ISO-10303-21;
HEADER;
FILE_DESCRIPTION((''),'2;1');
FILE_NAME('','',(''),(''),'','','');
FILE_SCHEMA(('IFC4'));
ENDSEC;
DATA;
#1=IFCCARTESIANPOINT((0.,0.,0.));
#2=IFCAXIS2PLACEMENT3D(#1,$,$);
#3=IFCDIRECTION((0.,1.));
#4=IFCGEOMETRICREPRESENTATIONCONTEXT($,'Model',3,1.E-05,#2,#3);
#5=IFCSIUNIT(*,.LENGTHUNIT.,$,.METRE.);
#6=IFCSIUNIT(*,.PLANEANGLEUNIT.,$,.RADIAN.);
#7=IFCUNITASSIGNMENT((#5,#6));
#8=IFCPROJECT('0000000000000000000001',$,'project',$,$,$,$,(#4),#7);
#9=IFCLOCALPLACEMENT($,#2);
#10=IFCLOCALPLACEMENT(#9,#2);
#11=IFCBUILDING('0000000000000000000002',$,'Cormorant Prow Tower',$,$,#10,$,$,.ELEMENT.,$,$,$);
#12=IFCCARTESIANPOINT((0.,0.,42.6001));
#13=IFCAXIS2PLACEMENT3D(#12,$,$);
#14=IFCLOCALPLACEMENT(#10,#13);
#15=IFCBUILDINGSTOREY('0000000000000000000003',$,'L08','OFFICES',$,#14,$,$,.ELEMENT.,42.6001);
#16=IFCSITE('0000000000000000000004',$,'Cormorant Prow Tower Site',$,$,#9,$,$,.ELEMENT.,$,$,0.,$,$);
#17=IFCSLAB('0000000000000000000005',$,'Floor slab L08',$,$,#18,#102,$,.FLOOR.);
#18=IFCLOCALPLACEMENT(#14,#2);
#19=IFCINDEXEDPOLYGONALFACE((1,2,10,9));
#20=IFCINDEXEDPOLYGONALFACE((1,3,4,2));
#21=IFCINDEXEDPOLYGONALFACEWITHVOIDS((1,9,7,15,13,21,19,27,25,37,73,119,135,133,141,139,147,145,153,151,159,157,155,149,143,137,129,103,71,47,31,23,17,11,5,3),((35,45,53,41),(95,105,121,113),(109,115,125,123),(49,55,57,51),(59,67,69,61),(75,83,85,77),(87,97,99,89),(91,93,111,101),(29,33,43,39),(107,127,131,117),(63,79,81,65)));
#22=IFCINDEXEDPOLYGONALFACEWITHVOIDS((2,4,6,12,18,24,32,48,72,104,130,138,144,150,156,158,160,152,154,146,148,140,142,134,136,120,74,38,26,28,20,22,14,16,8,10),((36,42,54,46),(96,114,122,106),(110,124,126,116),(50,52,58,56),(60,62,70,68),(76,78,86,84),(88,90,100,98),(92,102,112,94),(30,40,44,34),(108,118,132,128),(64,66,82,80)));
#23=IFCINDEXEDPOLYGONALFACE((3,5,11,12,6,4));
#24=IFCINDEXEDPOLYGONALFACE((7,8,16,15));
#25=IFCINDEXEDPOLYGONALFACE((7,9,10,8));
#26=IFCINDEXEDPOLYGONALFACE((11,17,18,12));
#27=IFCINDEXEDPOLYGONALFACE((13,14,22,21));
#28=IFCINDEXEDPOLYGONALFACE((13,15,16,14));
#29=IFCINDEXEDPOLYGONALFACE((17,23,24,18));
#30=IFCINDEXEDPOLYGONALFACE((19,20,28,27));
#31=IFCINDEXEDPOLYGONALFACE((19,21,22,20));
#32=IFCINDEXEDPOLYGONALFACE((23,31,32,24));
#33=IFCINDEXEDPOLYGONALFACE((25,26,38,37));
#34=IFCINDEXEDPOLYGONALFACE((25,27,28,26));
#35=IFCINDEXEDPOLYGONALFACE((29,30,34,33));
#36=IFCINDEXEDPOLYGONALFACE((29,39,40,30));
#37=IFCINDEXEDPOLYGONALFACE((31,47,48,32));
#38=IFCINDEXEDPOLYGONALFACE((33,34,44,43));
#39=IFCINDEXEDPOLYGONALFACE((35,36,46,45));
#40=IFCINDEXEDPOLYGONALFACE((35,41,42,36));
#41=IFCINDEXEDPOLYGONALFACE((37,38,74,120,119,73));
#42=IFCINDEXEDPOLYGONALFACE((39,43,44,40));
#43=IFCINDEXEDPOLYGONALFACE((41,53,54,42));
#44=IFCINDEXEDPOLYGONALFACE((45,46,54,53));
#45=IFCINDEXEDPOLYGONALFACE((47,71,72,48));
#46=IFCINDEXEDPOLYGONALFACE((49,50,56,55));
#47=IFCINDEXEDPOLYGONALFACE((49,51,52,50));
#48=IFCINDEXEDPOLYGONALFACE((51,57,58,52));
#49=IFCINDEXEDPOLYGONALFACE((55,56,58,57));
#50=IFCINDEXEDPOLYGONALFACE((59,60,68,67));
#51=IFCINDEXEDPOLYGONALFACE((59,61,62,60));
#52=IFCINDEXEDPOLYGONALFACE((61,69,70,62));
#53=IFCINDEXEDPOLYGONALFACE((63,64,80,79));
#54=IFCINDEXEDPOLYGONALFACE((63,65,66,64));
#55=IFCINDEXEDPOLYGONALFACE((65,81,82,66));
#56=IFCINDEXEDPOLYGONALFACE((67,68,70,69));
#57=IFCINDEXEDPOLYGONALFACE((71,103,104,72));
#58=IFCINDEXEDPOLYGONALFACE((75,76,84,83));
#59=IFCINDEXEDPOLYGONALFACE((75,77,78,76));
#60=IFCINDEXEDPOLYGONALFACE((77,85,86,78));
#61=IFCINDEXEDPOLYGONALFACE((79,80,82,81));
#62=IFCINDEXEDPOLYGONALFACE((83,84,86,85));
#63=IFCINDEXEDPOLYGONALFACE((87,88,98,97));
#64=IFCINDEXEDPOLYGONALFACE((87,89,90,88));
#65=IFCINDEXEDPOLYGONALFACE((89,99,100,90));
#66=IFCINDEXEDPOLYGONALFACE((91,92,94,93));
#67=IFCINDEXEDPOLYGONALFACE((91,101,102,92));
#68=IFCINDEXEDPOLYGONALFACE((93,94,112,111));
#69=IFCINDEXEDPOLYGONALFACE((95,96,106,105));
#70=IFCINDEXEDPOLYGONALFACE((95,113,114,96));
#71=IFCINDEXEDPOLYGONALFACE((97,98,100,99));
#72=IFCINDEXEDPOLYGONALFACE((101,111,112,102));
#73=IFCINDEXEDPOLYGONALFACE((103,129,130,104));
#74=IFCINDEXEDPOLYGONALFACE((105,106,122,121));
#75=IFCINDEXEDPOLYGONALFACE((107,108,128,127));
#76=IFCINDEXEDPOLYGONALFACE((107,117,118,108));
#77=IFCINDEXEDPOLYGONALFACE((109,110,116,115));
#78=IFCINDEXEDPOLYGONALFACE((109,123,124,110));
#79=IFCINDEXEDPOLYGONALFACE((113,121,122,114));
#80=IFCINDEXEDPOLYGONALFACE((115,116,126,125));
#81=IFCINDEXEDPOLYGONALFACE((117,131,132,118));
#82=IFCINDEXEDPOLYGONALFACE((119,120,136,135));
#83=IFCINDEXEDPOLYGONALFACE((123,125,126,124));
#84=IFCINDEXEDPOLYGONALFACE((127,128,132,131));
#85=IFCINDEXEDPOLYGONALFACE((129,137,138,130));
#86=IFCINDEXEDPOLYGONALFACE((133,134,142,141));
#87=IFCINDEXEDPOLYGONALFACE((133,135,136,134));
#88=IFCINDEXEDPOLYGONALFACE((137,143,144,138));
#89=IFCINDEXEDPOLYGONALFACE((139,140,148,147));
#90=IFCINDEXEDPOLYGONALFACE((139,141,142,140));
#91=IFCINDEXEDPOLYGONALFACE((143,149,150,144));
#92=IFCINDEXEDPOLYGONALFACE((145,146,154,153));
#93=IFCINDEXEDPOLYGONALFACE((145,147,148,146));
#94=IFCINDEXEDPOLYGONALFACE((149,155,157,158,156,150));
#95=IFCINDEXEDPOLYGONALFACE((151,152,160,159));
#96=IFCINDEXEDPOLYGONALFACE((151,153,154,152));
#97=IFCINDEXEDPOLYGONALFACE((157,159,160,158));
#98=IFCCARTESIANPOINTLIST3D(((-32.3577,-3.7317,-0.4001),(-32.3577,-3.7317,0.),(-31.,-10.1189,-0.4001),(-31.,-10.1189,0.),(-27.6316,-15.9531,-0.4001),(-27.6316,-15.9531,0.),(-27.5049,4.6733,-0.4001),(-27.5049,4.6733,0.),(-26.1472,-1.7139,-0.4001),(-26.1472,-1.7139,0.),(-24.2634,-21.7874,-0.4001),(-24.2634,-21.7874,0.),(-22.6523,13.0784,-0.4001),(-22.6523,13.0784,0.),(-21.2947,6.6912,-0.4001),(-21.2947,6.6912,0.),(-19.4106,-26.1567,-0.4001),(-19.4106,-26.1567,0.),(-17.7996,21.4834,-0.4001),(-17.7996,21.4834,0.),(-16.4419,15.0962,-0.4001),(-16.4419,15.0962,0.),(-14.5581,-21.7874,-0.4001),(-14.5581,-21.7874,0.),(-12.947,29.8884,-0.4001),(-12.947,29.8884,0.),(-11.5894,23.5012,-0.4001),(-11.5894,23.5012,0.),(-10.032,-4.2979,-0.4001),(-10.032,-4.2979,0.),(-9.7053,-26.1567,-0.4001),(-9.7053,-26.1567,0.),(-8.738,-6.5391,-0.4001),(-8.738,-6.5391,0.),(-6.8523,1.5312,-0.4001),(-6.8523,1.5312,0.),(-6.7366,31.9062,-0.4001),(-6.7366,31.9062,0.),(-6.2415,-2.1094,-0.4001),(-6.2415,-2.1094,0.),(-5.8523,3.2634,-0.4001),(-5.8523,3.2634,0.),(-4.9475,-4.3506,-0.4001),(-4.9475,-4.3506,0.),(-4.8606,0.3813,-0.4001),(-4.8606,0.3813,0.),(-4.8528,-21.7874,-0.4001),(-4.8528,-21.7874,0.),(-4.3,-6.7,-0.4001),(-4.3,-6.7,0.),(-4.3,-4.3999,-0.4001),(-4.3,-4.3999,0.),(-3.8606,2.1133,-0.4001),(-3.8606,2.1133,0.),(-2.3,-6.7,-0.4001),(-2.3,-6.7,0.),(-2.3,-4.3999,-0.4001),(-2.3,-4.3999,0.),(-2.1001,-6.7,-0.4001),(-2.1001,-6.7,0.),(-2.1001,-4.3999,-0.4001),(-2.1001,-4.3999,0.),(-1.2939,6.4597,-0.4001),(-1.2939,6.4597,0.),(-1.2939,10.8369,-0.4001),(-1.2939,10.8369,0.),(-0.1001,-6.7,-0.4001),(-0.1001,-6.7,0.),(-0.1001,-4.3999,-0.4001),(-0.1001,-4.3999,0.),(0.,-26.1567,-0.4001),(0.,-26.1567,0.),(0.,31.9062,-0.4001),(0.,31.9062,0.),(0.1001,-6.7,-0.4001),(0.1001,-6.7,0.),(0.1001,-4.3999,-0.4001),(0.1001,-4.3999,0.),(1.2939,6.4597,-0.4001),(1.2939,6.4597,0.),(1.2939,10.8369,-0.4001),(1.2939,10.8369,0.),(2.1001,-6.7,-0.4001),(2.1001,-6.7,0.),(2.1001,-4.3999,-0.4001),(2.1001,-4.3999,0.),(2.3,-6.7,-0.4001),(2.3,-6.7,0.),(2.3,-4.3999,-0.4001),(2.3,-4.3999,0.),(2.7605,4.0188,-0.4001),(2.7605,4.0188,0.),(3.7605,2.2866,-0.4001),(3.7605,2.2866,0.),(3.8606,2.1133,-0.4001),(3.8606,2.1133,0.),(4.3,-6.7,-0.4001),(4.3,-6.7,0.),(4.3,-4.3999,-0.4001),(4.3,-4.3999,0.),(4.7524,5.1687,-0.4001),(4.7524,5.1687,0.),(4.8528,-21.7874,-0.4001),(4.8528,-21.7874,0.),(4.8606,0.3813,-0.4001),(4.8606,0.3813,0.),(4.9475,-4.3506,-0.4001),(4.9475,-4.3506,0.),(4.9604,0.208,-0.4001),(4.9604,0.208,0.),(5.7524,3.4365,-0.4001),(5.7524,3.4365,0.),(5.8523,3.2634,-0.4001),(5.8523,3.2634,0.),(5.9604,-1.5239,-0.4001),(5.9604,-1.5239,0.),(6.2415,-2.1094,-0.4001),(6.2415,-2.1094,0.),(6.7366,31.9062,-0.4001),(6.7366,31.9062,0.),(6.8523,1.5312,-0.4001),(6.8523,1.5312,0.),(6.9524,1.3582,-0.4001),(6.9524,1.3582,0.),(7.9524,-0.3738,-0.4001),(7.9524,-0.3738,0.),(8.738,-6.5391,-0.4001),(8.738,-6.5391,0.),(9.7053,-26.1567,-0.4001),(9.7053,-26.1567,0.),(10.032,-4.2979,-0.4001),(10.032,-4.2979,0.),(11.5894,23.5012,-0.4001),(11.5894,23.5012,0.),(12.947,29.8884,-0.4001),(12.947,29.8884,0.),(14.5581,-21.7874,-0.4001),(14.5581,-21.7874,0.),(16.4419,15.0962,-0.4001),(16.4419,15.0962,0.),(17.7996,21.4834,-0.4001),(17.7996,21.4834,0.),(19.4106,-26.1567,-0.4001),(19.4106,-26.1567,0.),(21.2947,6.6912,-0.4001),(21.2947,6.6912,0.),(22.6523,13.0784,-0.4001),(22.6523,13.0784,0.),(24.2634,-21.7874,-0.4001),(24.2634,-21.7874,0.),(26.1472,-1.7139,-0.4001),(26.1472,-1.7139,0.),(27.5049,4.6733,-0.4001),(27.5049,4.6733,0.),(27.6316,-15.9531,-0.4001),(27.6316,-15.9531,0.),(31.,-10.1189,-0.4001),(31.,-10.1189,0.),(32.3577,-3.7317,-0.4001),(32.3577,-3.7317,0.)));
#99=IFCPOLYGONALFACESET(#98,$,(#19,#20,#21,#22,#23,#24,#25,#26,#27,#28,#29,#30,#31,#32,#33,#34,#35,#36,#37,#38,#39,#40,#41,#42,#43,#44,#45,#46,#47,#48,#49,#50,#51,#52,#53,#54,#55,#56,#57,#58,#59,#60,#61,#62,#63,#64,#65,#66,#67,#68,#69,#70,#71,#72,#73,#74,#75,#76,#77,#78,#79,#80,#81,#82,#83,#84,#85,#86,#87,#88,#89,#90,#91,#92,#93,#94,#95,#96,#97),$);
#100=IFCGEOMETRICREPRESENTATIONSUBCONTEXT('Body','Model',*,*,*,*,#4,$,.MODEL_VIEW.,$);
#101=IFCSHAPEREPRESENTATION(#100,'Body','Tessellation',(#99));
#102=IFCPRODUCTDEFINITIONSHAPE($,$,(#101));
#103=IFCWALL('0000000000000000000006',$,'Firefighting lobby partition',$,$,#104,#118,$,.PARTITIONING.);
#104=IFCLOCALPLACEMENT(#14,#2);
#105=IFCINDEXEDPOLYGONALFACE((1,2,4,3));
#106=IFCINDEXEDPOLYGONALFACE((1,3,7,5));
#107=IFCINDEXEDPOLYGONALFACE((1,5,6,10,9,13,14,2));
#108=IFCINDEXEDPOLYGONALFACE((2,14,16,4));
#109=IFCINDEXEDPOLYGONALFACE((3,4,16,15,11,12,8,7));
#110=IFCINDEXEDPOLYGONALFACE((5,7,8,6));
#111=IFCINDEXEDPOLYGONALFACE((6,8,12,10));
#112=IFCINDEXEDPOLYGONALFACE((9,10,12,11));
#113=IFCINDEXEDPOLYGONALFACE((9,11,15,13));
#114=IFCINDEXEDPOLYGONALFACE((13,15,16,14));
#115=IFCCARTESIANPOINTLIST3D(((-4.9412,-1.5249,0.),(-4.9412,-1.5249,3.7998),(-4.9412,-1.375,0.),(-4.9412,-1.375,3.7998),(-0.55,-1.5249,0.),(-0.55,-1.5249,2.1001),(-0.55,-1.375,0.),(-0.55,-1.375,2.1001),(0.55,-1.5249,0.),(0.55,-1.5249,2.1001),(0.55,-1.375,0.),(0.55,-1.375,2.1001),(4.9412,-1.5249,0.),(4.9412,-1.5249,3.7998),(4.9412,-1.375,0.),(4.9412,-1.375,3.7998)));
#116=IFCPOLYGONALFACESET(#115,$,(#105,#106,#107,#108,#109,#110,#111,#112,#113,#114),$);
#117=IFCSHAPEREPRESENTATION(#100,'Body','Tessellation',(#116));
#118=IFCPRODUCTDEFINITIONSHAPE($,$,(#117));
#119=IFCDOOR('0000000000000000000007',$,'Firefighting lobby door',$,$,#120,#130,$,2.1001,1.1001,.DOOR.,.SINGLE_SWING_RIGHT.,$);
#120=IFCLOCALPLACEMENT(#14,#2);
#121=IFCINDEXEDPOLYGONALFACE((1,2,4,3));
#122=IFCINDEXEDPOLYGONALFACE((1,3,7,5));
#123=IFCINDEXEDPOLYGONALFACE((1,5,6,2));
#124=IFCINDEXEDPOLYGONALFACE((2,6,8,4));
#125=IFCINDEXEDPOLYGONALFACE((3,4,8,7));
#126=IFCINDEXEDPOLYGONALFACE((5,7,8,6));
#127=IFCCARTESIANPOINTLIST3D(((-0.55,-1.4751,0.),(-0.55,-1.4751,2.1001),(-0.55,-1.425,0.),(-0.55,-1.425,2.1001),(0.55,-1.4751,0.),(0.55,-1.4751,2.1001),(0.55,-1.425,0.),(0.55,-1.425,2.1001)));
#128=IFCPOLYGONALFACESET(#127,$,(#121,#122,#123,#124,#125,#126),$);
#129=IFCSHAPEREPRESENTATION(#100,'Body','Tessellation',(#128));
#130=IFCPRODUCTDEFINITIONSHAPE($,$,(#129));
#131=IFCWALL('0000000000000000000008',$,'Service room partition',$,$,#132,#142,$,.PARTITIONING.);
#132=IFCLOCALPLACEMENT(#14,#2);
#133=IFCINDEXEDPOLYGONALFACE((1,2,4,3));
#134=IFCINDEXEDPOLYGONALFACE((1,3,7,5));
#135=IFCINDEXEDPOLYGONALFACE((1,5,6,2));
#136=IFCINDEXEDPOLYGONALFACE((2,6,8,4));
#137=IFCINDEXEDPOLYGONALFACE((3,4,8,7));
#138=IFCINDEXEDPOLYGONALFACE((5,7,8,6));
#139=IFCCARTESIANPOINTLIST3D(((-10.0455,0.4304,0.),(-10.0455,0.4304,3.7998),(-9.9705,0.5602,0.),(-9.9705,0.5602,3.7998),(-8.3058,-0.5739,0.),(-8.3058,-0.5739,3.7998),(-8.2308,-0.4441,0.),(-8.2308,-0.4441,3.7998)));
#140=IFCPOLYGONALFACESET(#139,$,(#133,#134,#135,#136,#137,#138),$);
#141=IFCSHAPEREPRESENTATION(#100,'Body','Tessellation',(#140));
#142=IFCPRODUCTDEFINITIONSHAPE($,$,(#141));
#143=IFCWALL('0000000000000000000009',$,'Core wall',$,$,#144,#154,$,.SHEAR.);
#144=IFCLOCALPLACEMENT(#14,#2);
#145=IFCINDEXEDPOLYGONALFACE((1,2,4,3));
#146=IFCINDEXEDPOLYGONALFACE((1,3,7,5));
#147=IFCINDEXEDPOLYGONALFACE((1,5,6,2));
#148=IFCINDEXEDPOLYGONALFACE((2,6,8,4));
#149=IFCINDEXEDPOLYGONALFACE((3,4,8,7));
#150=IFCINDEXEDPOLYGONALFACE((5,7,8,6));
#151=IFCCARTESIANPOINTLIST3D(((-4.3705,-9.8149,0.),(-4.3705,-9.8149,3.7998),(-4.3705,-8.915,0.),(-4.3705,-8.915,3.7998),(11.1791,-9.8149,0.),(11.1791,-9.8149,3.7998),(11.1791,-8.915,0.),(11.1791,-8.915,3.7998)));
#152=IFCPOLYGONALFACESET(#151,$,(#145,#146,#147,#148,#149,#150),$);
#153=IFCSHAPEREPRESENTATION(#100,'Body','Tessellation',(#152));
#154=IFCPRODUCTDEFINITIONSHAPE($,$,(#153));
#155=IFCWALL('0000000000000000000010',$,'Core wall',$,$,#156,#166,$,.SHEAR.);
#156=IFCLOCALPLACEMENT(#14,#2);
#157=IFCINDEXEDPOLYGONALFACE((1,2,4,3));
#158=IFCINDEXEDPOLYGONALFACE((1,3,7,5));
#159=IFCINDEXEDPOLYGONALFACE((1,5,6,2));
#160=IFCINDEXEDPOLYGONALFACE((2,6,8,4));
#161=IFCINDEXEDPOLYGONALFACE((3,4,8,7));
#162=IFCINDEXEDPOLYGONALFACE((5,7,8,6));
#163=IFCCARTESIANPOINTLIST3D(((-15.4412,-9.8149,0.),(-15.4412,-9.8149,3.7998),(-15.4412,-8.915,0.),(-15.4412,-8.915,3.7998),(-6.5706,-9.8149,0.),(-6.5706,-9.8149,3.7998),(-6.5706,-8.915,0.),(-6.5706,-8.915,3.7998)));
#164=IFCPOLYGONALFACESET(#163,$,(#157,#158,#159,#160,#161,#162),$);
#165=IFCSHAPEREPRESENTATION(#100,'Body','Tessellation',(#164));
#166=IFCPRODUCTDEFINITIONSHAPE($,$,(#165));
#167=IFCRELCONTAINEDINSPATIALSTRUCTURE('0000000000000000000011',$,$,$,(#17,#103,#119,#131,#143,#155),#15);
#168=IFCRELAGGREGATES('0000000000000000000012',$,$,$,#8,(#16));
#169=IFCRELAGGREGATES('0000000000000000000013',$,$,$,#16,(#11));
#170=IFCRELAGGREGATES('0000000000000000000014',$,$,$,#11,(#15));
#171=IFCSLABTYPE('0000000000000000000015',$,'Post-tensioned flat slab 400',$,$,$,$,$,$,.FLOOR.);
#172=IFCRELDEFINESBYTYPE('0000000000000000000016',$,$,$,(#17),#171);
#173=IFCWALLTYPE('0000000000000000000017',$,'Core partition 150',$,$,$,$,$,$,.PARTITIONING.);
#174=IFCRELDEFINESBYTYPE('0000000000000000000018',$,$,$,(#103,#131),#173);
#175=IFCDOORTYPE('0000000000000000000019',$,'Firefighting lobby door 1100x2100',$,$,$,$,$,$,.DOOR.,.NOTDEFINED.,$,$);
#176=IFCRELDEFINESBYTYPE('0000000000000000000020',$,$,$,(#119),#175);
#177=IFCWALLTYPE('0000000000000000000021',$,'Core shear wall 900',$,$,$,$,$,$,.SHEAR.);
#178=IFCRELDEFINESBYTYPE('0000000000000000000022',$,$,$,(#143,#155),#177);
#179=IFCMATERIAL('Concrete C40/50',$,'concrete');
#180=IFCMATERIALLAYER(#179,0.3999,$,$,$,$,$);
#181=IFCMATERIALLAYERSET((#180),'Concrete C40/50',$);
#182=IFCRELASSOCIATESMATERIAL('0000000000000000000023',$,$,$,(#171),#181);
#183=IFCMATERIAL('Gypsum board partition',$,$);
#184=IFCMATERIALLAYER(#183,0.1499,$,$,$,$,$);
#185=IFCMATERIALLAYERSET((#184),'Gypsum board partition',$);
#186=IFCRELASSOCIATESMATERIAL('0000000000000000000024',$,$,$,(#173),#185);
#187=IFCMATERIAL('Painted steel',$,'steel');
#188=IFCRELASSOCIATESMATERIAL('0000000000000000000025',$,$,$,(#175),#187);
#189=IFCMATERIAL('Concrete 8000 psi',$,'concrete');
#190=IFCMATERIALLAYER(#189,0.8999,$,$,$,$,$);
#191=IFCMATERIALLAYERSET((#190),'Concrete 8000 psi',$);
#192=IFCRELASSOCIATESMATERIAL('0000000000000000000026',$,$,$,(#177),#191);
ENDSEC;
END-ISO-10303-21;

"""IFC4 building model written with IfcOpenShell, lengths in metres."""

from ifc_helpers import new_model, si_unit, direction, frame, frame_2d, origin, place, context, subcontext, project, spatial, polyline, rectangle, outline, extrude, material, layer, layer_set, type_object, element, fill, save


model = new_model("IFC4")

# Units and contexts
model_context = context("Model", 3, precision=1e-05, world=origin(), true_north=direction((0.0, 1.0)))
body_context = subcontext(model_context, "Body", "Model", "MODEL_VIEW")
ifc_project = project(units=[si_unit("LENGTHUNIT", "METRE"), si_unit("PLANEANGLEUNIT", "RADIAN")], contexts=[model_context])

# Site, building, storey
site_placement = place(None, origin())
site = spatial("IfcSite", under=ifc_project, at=site_placement, Name="Cormorant Prow Tower Site", CompositionType="ELEMENT", RefElevation=0.0)
building_placement = place(site_placement, origin())
building = spatial("IfcBuilding", under=site, at=building_placement, Name="Cormorant Prow Tower", CompositionType="ELEMENT")
storey_placement = place(building_placement, frame((0.0, 0.0, 42.6001)))
storey = spatial("IfcBuildingStorey", under=building, at=storey_placement, Name="L08", Description="OFFICES", CompositionType="ELEMENT", Elevation=42.6001)

# Slab
ifc_material_1 = material(Name="Concrete C40/50", Category="concrete")
ifc_layer_1 = layer(ifc_material_1, 0.3999)
ifc_layer_set_1 = layer_set([ifc_layer_1], Name="Concrete C40/50")
slab_type_1 = type_object("IfcSlabType", Name="Post-tensioned flat slab 400", PredefinedType="FLOOR", material=ifc_layer_set_1)
slab_1_placement = place(storey_placement, frame((0.0, 0.0, -0.4001)))
element("IfcSlab", 1, at=slab_1_placement, inside=storey, type_object=slab_type_1, Name="Floor slab L08", PredefinedType="FLOOR", context=body_context, shape_type="SweptSolid", body=[
    extrude(outline(polyline([(-12.947, 29.8884), (-11.5894, 23.5012), (-17.7996, 21.4834), (-16.4419, 15.0962), (-22.6523, 13.0784), (-21.2947, 6.6912), (-27.5049, 4.6733), (-26.1472, -1.7139), (-32.3577, -3.7317), (-31.0, -10.1189), (-27.6316, -15.9531), (-24.2634, -21.7874), (-19.4106, -26.1567), (-14.5581, -21.7874), (-9.7053, -26.1567), (-4.8528, -21.7874), (0.0, -26.1567), (4.8528, -21.7874), (9.7053, -26.1567), (14.5581, -21.7874), (19.4106, -26.1567), (24.2634, -21.7874), (27.6316, -15.9531), (31.0, -10.1189), (32.3577, -3.7317), (26.1472, -1.7139), (27.5049, 4.6733), (21.2947, 6.6912), (22.6523, 13.0784), (16.4419, 15.0962), (17.7996, 21.4834), (11.5894, 23.5012), (12.947, 29.8884), (6.7366, 31.9062), (0.0, 31.9062), (-6.7366, 31.9062), (-12.947, 29.8884)]), holes=[polyline([(-4.3, -6.7), (-4.3, -4.3999), (-2.3, -4.3999), (-2.3, -6.7), (-4.3, -6.7)]), polyline([(-2.1001, -4.3999), (-0.1001, -4.3999), (-0.1001, -6.7), (-2.1001, -6.7), (-2.1001, -4.3999)]), polyline([(2.1001, -4.3999), (2.1001, -6.7), (0.1001, -6.7), (0.1001, -4.3999), (2.1001, -4.3999)]), polyline([(4.3, -6.7), (2.3, -6.7), (2.3, -4.3999), (4.3, -4.3999), (4.3, -6.7)]), polyline([(7.9524, -0.3738), (5.9604, -1.5239), (4.9604, 0.208), (6.9524, 1.3582), (7.9524, -0.3738)]), polyline([(4.8606, 0.3813), (3.8606, 2.1133), (5.8523, 3.2634), (6.8523, 1.5312), (4.8606, 0.3813)]), polyline([(2.7605, 4.0188), (4.7524, 5.1687), (5.7524, 3.4365), (3.7605, 2.2866), (2.7605, 4.0188)]), polyline([(-6.8523, 1.5312), (-5.8523, 3.2634), (-3.8606, 2.1133), (-4.8606, 0.3813), (-6.8523, 1.5312)]), polyline([(-4.9475, -4.3506), (-8.738, -6.5391), (-10.032, -4.2979), (-6.2415, -2.1094), (-4.9475, -4.3506)]), polyline([(10.032, -4.2979), (8.738, -6.5391), (4.9475, -4.3506), (6.2415, -2.1094), (10.032, -4.2979)]), polyline([(1.2939, 10.8369), (1.2939, 6.4597), (-1.2939, 6.4597), (-1.2939, 10.8369), (1.2939, 10.8369)])]), origin(), (0.0, 0.0, 1.0), 0.4001),
])

# Wall, opening, door
ifc_material_2 = material(Name="Gypsum board partition")
ifc_layer_2 = layer(ifc_material_2, 0.1499)
ifc_layer_set_2 = layer_set([ifc_layer_2], Name="Gypsum board partition")
wall_type_1 = type_object("IfcWallType", Name="Core partition 150", PredefinedType="PARTITIONING", material=ifc_layer_set_2)
wall_1_placement = place(storey_placement, frame((-4.9412, -1.45, 0.0), z_axis=(0.0, 0.0, 1.0), x_axis=(1.0, 0.0, 0.0)))
wall_1 = element("IfcWall", 2, at=wall_1_placement, inside=storey, type_object=wall_type_1, Name="Firefighting lobby partition", PredefinedType="PARTITIONING", context=body_context, shape_type="SweptSolid", body=[
    extrude(rectangle(XDim=9.8823, YDim=0.1499, at=frame_2d((4.9412, 0.0))), origin(), (0.0, 0.0, 1.0), 3.7998),
])
opening_1_placement = place(wall_1_placement, frame((4.3911, 0.0, 0.0)))
opening_1 = element("IfcOpeningElement", 3, at=opening_1_placement, cuts=wall_1, PredefinedType="OPENING", context=body_context, shape_type="SweptSolid", body=[
    extrude(rectangle(XDim=1.1001, YDim=2.1001, at=frame_2d((0.55, 1.05))), frame((0.0, 0.085, 0.0), z_axis=(0.0, -1.0, 0.0), x_axis=(1.0, 0.0, 0.0)), (0.0, 0.0, 1.0), 0.1699),
])
ifc_material_3 = material(Name="Painted steel", Category="steel")
door_type_1 = type_object("IfcDoorType", Name="Firefighting lobby door 1100x2100", OperationType="NOTDEFINED", PredefinedType="DOOR", material=ifc_material_3)
door_1_placement = place(opening_1_placement, origin())
door_1 = element("IfcDoor", 4, at=door_1_placement, inside=storey, type_object=door_type_1, Name="Firefighting lobby door", OperationType="SINGLE_SWING_RIGHT", OverallHeight=2.1001, OverallWidth=1.1001, PredefinedType="DOOR", context=body_context, shape_type="SweptSolid", body=[
    extrude(rectangle(XDim=1.1001, YDim=2.1001, at=frame_2d((0.55, 1.05))), frame((0.0, 0.0249, 0.0), z_axis=(0.0, -1.0, 0.0), x_axis=(1.0, 0.0, 0.0)), (0.0, 0.0, 1.0), 0.05),
])
fill(opening_1, door_1)

# Walls
wall_2_placement = place(storey_placement, frame((-8.2683, -0.509, 0.0), z_axis=(0.0, 0.0, 1.0), x_axis=(-0.866036, 0.499982, 0.0)))
element("IfcWall", 5, at=wall_2_placement, inside=storey, type_object=wall_type_1, Name="Service room partition", PredefinedType="PARTITIONING", context=body_context, shape_type="SweptSolid", body=[
    extrude(rectangle(XDim=2.0088, YDim=0.1499, at=frame_2d((1.0044, 0.0))), origin(), (0.0, 0.0, 1.0), 3.7998),
])
ifc_material_4 = material(Name="Concrete 8000 psi", Category="concrete")
ifc_layer_3 = layer(ifc_material_4, 0.8999)
ifc_layer_set_3 = layer_set([ifc_layer_3], Name="Concrete 8000 psi")
wall_type_2 = type_object("IfcWallType", Name="Core shear wall 900", PredefinedType="SHEAR", material=ifc_layer_set_3)
wall_3_placement = place(storey_placement, frame((-4.3706, -9.365, 0.0), z_axis=(0.0, 0.0, 1.0), x_axis=(1.0, 0.0, 0.0)))
element("IfcWall", 6, at=wall_3_placement, inside=storey, type_object=wall_type_2, Name="Core wall", PredefinedType="SHEAR", context=body_context, shape_type="SweptSolid", body=[
    extrude(rectangle(XDim=15.5496, YDim=0.8999, at=frame_2d((7.7749, 0.0))), origin(), (0.0, 0.0, 1.0), 3.7998),
])
wall_4_placement = place(storey_placement, frame((-15.4412, -9.365, 0.0), z_axis=(0.0, 0.0, 1.0), x_axis=(1.0, 0.0, 0.0)))
element("IfcWall", 7, at=wall_4_placement, inside=storey, type_object=wall_type_2, Name="Core wall", PredefinedType="SHEAR", context=body_context, shape_type="SweptSolid", body=[
    extrude(rectangle(XDim=8.8706, YDim=0.8999, at=frame_2d((4.4353, 0.0))), origin(), (0.0, 0.0, 1.0), 3.7998),
])

save(model, "model.ifc")
